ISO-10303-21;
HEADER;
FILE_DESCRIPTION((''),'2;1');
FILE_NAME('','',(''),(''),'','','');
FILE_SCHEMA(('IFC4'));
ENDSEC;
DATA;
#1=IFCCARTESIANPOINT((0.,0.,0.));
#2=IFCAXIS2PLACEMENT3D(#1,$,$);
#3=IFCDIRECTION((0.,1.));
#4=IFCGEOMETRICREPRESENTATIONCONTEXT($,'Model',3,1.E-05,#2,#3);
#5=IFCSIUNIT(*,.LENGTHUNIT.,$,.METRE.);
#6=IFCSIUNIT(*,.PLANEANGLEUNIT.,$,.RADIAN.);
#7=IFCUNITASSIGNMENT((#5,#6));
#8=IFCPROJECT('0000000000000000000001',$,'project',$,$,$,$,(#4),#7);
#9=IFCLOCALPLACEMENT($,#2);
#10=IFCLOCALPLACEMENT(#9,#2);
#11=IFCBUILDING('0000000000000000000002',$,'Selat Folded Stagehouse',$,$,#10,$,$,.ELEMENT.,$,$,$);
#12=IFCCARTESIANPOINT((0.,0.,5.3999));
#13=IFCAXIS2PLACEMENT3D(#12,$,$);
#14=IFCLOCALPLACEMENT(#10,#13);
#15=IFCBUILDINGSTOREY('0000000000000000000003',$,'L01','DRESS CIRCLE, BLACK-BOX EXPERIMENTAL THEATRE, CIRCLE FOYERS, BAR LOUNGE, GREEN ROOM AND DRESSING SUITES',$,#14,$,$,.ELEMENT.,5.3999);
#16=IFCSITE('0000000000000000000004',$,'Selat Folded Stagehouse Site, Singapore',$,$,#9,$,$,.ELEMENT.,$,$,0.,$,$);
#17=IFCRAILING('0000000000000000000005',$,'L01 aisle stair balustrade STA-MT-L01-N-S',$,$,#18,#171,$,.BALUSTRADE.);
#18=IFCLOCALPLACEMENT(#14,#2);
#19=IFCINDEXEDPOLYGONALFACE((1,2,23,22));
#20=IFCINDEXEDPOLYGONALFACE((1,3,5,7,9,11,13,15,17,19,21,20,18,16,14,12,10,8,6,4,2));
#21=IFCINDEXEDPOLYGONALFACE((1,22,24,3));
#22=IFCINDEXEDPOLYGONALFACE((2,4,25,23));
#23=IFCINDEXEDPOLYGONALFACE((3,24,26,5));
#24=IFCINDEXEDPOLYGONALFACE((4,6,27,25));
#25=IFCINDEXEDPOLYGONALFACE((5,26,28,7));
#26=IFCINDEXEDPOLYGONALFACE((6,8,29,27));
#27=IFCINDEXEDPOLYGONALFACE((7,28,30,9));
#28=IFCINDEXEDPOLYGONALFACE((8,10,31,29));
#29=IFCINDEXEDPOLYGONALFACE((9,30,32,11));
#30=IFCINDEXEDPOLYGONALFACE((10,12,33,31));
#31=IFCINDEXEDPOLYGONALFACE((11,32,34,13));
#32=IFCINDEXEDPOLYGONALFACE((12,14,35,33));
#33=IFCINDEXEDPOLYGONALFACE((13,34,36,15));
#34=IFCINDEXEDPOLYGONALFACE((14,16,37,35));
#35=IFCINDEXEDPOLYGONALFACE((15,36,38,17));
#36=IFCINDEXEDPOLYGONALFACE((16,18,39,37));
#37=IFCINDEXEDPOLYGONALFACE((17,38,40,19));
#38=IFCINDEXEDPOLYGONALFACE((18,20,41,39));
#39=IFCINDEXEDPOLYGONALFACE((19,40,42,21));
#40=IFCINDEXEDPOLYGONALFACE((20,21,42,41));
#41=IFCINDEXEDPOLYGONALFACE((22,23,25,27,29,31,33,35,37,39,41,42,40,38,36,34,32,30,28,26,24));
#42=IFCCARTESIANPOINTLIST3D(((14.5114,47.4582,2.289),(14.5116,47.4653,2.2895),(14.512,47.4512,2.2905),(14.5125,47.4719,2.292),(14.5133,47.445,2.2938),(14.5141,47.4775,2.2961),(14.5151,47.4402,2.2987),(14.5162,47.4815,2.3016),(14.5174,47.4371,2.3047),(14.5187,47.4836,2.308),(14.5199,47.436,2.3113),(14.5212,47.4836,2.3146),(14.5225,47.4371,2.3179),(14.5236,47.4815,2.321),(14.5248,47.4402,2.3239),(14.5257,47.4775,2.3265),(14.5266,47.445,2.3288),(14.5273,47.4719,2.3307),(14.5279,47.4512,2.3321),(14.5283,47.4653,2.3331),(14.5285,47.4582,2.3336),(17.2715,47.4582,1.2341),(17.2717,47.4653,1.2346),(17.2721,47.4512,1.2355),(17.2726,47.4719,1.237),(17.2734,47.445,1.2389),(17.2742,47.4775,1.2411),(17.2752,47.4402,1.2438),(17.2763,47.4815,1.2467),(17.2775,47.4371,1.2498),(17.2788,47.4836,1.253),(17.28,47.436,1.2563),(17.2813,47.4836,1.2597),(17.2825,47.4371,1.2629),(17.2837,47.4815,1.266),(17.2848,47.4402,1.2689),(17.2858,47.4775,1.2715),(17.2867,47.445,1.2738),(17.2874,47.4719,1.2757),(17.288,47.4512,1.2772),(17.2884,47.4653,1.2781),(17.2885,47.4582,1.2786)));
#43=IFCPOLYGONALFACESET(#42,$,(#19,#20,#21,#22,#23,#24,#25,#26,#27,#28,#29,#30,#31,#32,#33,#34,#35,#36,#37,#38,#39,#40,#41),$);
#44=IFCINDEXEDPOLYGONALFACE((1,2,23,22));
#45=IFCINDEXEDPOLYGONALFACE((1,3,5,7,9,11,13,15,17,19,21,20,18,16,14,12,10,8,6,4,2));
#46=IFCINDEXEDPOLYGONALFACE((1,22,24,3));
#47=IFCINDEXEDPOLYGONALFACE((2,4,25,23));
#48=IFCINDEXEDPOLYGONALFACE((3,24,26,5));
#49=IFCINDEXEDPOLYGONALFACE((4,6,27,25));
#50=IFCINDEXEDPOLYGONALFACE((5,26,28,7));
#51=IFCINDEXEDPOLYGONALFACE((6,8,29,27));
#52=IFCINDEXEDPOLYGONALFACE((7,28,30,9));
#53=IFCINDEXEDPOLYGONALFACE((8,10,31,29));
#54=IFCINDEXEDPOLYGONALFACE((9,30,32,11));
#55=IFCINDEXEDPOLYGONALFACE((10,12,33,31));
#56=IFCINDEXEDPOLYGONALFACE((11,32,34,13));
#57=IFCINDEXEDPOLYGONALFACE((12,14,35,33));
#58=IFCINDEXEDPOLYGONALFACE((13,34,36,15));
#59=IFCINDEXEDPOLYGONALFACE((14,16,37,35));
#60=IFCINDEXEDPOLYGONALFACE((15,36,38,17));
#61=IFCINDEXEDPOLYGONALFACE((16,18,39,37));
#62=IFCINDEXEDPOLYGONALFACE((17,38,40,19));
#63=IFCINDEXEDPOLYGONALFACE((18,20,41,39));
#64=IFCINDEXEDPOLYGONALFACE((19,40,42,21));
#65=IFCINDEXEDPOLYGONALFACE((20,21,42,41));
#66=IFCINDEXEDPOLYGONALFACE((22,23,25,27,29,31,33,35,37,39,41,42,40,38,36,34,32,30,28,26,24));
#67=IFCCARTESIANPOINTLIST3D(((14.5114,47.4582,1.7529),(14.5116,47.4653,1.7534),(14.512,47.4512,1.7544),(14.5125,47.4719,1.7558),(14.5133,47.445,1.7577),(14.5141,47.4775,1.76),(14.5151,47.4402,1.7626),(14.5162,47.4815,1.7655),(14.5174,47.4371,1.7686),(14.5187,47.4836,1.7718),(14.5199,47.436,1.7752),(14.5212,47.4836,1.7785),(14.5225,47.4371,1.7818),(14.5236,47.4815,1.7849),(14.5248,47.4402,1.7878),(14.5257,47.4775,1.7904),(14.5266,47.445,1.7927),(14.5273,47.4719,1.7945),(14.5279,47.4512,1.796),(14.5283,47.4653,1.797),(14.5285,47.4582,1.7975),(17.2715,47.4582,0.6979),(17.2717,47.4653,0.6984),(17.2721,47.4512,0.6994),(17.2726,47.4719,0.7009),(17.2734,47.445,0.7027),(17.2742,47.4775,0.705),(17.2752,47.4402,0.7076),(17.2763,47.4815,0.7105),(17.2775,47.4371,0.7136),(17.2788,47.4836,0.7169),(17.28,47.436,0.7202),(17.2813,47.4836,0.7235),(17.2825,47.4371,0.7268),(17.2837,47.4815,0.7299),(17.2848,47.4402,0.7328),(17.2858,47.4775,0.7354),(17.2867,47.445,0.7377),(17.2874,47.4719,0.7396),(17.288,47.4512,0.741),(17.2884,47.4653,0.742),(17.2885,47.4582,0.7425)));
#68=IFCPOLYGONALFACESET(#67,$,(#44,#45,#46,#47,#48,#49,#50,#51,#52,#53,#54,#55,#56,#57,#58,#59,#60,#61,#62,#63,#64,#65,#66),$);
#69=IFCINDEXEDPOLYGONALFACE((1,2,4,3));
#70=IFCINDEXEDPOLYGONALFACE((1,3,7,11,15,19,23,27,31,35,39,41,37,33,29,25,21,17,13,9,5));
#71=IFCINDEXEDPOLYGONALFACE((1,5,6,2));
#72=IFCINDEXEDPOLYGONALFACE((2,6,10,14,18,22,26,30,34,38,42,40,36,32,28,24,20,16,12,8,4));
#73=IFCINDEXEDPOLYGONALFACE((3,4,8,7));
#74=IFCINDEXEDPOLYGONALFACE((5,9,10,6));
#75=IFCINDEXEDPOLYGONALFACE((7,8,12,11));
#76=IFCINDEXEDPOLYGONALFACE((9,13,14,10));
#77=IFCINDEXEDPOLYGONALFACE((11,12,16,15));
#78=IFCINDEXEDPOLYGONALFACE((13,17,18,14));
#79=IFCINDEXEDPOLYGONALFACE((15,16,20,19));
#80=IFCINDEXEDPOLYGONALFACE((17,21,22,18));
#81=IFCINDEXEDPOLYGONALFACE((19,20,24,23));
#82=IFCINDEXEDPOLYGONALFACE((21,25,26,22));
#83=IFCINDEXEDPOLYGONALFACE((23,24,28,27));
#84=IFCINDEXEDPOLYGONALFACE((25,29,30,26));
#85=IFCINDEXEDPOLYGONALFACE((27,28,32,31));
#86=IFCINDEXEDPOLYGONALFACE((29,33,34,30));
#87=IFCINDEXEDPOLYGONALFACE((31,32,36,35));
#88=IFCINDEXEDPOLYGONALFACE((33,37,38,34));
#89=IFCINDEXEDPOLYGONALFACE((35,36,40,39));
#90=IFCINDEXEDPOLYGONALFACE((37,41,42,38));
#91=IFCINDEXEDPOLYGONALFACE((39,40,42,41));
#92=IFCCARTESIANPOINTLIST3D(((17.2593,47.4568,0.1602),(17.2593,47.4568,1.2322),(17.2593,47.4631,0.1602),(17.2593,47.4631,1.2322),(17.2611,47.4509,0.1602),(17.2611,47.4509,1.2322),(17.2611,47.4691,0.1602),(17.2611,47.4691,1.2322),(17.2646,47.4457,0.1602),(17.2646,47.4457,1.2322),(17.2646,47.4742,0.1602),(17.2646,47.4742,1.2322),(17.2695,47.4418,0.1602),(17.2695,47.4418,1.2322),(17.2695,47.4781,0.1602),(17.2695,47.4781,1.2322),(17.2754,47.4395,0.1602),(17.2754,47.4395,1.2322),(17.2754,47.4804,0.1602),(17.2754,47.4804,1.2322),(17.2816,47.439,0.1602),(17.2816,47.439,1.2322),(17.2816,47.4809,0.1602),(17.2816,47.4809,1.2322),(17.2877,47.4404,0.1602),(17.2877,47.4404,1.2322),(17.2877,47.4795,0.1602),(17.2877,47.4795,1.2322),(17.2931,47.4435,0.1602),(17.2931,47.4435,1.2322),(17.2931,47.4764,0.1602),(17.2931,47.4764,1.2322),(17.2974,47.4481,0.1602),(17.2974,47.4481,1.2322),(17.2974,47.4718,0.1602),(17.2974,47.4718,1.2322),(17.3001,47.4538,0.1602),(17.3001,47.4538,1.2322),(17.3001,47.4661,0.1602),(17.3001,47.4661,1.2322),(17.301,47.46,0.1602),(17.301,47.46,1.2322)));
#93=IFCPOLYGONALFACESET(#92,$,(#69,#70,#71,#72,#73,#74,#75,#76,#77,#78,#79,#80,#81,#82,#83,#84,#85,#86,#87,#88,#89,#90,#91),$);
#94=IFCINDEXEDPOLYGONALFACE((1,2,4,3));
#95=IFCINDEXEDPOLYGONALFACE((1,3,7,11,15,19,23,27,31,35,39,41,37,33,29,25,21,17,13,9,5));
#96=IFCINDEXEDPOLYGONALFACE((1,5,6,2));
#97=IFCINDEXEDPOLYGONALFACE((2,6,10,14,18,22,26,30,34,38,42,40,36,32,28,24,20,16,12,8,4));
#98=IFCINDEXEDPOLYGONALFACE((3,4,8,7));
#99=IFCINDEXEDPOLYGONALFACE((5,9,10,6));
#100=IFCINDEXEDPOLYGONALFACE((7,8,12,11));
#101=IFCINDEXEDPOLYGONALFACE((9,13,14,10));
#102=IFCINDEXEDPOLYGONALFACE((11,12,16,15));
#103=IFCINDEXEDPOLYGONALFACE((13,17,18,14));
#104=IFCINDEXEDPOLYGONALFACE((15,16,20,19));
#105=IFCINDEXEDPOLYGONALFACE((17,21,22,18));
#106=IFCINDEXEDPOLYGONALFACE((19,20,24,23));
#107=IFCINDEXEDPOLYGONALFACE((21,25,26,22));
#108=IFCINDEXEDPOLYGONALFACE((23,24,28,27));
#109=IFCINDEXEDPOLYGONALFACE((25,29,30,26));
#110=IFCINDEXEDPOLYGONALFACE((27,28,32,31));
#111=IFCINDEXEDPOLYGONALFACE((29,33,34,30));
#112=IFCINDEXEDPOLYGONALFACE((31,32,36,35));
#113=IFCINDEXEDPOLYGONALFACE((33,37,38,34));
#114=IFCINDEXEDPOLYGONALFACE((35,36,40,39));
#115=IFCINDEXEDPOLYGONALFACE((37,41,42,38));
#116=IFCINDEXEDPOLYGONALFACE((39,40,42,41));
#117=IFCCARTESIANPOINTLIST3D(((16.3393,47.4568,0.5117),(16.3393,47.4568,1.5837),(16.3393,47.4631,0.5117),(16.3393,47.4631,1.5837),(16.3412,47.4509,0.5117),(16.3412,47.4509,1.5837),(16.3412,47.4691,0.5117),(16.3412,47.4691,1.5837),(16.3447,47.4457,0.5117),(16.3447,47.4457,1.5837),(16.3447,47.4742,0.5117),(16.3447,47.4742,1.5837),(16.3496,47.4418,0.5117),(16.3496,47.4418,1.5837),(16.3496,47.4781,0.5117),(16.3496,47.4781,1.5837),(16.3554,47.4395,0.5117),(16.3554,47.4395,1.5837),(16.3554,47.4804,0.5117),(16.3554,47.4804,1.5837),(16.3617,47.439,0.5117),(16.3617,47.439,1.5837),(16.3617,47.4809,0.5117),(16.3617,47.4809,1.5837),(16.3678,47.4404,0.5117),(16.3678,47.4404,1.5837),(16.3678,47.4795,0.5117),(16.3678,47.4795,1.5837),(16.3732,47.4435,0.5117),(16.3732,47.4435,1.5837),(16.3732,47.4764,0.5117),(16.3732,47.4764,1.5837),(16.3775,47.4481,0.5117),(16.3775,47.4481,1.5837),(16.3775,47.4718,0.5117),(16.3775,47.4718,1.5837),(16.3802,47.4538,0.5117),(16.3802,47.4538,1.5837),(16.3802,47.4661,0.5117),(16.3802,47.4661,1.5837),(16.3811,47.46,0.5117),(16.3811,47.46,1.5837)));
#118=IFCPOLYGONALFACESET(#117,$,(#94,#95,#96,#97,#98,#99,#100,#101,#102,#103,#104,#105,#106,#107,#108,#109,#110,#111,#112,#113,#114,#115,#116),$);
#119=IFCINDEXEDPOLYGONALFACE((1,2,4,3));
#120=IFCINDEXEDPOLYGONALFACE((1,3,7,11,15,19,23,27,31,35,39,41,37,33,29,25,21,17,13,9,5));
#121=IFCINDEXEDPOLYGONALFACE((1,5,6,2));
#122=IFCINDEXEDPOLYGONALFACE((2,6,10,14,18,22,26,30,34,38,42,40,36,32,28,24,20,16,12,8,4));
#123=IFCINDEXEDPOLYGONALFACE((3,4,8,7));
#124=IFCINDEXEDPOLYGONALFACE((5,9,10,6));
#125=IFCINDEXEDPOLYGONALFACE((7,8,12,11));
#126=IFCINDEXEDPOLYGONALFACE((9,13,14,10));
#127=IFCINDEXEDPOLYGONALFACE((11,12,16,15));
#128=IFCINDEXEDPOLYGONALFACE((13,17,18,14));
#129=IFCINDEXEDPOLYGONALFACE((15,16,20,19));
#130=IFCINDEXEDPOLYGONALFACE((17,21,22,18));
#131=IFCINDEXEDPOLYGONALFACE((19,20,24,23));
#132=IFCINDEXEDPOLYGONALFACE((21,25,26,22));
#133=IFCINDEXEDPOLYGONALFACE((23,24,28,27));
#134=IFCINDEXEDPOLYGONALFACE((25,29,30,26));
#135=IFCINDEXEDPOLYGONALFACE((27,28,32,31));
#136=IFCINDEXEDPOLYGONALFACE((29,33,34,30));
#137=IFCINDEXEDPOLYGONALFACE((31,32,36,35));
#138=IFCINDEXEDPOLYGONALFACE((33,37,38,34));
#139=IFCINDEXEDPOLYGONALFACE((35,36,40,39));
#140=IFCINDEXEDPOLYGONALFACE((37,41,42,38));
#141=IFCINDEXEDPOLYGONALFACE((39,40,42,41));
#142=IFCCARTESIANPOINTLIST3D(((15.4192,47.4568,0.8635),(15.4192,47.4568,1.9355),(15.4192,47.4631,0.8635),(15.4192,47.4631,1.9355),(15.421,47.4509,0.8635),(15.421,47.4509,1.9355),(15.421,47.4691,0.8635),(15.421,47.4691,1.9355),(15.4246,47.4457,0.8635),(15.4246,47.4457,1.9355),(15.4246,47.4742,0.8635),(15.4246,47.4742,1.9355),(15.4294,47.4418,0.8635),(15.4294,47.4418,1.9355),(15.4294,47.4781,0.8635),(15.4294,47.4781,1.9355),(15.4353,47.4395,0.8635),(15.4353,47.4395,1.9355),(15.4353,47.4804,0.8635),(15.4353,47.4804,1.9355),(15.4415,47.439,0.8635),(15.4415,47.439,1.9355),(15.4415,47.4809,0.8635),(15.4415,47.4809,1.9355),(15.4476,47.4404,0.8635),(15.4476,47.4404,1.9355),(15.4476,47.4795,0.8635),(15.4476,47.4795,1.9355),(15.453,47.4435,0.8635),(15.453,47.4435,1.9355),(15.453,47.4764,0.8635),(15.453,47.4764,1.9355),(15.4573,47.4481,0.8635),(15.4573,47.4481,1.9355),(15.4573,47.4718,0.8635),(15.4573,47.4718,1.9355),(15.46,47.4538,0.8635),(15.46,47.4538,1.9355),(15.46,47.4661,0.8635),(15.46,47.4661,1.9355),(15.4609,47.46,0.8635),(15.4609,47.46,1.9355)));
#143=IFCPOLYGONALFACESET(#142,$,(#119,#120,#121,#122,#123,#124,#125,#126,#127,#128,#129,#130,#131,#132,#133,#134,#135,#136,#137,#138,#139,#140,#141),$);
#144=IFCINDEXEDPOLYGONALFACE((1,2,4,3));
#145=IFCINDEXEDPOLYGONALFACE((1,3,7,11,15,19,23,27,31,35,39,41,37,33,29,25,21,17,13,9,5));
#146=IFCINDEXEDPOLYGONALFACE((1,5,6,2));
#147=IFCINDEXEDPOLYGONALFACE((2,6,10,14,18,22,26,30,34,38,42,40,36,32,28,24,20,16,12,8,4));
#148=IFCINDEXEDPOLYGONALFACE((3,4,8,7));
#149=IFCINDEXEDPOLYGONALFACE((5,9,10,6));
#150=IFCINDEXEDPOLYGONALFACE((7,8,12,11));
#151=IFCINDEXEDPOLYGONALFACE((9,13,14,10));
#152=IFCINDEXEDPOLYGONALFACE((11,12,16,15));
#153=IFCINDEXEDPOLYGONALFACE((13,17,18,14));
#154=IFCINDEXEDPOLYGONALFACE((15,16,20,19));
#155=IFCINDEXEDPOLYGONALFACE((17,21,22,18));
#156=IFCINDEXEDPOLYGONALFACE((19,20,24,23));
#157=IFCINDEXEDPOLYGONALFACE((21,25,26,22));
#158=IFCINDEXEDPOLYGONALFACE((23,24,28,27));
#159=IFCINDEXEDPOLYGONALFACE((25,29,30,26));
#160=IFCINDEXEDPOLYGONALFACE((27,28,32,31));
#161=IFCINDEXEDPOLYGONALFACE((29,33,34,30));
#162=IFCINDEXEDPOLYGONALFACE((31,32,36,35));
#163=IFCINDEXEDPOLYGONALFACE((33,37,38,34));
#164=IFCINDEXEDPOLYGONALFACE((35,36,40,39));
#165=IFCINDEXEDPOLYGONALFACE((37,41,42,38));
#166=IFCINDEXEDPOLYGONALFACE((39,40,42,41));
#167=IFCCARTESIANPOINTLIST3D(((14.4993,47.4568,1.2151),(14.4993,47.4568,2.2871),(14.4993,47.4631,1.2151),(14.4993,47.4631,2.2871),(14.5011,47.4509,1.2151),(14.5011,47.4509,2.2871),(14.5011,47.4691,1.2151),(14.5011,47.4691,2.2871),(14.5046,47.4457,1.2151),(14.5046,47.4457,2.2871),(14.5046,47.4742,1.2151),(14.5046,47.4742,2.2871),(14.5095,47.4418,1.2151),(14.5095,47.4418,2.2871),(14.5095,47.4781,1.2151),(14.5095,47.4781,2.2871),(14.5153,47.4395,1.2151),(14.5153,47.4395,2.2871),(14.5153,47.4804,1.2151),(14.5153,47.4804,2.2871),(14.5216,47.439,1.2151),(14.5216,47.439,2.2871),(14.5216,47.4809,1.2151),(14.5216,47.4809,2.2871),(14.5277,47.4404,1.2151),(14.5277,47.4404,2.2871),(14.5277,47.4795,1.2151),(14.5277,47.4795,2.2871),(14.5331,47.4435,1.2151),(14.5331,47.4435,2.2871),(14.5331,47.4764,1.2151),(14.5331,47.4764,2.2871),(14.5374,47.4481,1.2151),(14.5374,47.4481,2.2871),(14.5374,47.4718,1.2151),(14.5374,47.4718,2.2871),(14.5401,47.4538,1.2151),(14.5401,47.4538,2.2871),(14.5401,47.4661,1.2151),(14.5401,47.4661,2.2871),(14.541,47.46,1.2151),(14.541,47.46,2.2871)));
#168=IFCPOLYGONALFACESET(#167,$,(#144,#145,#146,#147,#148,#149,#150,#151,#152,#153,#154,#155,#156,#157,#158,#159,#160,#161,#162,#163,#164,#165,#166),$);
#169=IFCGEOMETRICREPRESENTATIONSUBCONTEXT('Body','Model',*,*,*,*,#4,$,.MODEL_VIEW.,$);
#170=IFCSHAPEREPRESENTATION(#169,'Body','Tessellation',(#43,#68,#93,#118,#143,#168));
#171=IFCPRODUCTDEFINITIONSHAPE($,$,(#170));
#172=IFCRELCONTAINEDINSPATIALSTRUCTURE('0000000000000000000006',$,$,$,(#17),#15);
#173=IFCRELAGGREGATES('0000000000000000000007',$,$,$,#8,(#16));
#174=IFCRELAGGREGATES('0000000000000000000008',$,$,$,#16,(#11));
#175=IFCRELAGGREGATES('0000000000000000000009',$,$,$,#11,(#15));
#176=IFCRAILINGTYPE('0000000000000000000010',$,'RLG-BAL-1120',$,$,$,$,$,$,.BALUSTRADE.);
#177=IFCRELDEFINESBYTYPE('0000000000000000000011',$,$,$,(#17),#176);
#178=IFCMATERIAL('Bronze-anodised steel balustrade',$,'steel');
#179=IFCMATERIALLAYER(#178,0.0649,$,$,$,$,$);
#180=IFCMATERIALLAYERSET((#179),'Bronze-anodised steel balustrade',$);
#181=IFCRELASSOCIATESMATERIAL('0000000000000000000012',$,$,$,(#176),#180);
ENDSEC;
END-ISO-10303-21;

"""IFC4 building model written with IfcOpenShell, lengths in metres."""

from ifc_helpers import new_model, si_unit, direction, frame, origin, origin_2d, place, context, subcontext, project, spatial, circle, extrude, material, layer, layer_set, type_object, element, save


model = new_model("IFC4")

# Units and contexts
model_context = context("Model", 3, precision=1e-05, world=origin(), true_north=direction((0.0, 1.0)))
body_context = subcontext(model_context, "Body", "Model", "MODEL_VIEW")
ifc_project = project(units=[si_unit("LENGTHUNIT", "METRE"), si_unit("PLANEANGLEUNIT", "RADIAN")], contexts=[model_context])

# Site, building, storey
site_placement = place(None, origin())
site = spatial("IfcSite", under=ifc_project, at=site_placement, Name="Selat Folded Stagehouse Site, Singapore", CompositionType="ELEMENT", RefElevation=0.0)
building_placement = place(site_placement, origin())
building = spatial("IfcBuilding", under=site, at=building_placement, Name="Selat Folded Stagehouse", CompositionType="ELEMENT")
storey_placement = place(building_placement, frame((0.0, 0.0, 5.3999)))
storey = spatial("IfcBuildingStorey", under=building, at=storey_placement, Name="L01", Description="DRESS CIRCLE, BLACK-BOX EXPERIMENTAL THEATRE, CIRCLE FOYERS, BAR LOUNGE, GREEN ROOM AND DRESSING SUITES", CompositionType="ELEMENT", Elevation=5.3999)

# Railing
ifc_material_1 = material(Name="Bronze-anodised steel balustrade", Category="steel")
ifc_layer_1 = layer(ifc_material_1, 0.0649)
ifc_layer_set_1 = layer_set([ifc_layer_1], Name="Bronze-anodised steel balustrade")
railing_type = type_object("IfcRailingType", Name="RLG-BAL-1120", PredefinedType="BALUSTRADE", material=ifc_layer_set_1)
for number, where, name in (
    (1, (17.28, 47.46, 0.1602), "L01 aisle stair balustrade STA-MT-L01-N-S"),
):
    element("IfcRailing", number, at=place(storey_placement, frame(where)), inside=storey, type_object=railing_type, Name=name, PredefinedType="BALUSTRADE", context=body_context, shape_type="SweptSolid", body=[
        extrude(circle(Radius=0.0239, at=origin_2d()), frame((0.0, 0.0, 1.0962), z_axis=(-0.934093, 0.0, 0.357029), x_axis=(0.0, -1.0, 0.0)), (0.0, 0.0, 1.0), 2.9548),
        extrude(circle(Radius=0.0239, at=origin_2d()), frame((0.0, 0.0, 0.5601), z_axis=(-0.934093, 0.0, 0.357029), x_axis=(0.0, -1.0, 0.0)), (0.0, 0.0, 1.0), 2.9548),
        extrude(circle(Radius=0.021, at=origin_2d()), origin(), (0.0, 0.0, 1.0), 1.072),
        extrude(circle(Radius=0.021, at=origin_2d()), frame((-0.9199, 0.0, 0.3516)), (0.0, 0.0, 1.0), 1.072),
        extrude(circle(Radius=0.021, at=origin_2d()), frame((-1.8401, 0.0, 0.7034)), (0.0, 0.0, 1.0), 1.072),
        extrude(circle(Radius=0.021, at=origin_2d()), frame((-2.76, 0.0, 1.0549)), (0.0, 0.0, 1.0), 1.072),
    ])

save(model, "model.ifc")
